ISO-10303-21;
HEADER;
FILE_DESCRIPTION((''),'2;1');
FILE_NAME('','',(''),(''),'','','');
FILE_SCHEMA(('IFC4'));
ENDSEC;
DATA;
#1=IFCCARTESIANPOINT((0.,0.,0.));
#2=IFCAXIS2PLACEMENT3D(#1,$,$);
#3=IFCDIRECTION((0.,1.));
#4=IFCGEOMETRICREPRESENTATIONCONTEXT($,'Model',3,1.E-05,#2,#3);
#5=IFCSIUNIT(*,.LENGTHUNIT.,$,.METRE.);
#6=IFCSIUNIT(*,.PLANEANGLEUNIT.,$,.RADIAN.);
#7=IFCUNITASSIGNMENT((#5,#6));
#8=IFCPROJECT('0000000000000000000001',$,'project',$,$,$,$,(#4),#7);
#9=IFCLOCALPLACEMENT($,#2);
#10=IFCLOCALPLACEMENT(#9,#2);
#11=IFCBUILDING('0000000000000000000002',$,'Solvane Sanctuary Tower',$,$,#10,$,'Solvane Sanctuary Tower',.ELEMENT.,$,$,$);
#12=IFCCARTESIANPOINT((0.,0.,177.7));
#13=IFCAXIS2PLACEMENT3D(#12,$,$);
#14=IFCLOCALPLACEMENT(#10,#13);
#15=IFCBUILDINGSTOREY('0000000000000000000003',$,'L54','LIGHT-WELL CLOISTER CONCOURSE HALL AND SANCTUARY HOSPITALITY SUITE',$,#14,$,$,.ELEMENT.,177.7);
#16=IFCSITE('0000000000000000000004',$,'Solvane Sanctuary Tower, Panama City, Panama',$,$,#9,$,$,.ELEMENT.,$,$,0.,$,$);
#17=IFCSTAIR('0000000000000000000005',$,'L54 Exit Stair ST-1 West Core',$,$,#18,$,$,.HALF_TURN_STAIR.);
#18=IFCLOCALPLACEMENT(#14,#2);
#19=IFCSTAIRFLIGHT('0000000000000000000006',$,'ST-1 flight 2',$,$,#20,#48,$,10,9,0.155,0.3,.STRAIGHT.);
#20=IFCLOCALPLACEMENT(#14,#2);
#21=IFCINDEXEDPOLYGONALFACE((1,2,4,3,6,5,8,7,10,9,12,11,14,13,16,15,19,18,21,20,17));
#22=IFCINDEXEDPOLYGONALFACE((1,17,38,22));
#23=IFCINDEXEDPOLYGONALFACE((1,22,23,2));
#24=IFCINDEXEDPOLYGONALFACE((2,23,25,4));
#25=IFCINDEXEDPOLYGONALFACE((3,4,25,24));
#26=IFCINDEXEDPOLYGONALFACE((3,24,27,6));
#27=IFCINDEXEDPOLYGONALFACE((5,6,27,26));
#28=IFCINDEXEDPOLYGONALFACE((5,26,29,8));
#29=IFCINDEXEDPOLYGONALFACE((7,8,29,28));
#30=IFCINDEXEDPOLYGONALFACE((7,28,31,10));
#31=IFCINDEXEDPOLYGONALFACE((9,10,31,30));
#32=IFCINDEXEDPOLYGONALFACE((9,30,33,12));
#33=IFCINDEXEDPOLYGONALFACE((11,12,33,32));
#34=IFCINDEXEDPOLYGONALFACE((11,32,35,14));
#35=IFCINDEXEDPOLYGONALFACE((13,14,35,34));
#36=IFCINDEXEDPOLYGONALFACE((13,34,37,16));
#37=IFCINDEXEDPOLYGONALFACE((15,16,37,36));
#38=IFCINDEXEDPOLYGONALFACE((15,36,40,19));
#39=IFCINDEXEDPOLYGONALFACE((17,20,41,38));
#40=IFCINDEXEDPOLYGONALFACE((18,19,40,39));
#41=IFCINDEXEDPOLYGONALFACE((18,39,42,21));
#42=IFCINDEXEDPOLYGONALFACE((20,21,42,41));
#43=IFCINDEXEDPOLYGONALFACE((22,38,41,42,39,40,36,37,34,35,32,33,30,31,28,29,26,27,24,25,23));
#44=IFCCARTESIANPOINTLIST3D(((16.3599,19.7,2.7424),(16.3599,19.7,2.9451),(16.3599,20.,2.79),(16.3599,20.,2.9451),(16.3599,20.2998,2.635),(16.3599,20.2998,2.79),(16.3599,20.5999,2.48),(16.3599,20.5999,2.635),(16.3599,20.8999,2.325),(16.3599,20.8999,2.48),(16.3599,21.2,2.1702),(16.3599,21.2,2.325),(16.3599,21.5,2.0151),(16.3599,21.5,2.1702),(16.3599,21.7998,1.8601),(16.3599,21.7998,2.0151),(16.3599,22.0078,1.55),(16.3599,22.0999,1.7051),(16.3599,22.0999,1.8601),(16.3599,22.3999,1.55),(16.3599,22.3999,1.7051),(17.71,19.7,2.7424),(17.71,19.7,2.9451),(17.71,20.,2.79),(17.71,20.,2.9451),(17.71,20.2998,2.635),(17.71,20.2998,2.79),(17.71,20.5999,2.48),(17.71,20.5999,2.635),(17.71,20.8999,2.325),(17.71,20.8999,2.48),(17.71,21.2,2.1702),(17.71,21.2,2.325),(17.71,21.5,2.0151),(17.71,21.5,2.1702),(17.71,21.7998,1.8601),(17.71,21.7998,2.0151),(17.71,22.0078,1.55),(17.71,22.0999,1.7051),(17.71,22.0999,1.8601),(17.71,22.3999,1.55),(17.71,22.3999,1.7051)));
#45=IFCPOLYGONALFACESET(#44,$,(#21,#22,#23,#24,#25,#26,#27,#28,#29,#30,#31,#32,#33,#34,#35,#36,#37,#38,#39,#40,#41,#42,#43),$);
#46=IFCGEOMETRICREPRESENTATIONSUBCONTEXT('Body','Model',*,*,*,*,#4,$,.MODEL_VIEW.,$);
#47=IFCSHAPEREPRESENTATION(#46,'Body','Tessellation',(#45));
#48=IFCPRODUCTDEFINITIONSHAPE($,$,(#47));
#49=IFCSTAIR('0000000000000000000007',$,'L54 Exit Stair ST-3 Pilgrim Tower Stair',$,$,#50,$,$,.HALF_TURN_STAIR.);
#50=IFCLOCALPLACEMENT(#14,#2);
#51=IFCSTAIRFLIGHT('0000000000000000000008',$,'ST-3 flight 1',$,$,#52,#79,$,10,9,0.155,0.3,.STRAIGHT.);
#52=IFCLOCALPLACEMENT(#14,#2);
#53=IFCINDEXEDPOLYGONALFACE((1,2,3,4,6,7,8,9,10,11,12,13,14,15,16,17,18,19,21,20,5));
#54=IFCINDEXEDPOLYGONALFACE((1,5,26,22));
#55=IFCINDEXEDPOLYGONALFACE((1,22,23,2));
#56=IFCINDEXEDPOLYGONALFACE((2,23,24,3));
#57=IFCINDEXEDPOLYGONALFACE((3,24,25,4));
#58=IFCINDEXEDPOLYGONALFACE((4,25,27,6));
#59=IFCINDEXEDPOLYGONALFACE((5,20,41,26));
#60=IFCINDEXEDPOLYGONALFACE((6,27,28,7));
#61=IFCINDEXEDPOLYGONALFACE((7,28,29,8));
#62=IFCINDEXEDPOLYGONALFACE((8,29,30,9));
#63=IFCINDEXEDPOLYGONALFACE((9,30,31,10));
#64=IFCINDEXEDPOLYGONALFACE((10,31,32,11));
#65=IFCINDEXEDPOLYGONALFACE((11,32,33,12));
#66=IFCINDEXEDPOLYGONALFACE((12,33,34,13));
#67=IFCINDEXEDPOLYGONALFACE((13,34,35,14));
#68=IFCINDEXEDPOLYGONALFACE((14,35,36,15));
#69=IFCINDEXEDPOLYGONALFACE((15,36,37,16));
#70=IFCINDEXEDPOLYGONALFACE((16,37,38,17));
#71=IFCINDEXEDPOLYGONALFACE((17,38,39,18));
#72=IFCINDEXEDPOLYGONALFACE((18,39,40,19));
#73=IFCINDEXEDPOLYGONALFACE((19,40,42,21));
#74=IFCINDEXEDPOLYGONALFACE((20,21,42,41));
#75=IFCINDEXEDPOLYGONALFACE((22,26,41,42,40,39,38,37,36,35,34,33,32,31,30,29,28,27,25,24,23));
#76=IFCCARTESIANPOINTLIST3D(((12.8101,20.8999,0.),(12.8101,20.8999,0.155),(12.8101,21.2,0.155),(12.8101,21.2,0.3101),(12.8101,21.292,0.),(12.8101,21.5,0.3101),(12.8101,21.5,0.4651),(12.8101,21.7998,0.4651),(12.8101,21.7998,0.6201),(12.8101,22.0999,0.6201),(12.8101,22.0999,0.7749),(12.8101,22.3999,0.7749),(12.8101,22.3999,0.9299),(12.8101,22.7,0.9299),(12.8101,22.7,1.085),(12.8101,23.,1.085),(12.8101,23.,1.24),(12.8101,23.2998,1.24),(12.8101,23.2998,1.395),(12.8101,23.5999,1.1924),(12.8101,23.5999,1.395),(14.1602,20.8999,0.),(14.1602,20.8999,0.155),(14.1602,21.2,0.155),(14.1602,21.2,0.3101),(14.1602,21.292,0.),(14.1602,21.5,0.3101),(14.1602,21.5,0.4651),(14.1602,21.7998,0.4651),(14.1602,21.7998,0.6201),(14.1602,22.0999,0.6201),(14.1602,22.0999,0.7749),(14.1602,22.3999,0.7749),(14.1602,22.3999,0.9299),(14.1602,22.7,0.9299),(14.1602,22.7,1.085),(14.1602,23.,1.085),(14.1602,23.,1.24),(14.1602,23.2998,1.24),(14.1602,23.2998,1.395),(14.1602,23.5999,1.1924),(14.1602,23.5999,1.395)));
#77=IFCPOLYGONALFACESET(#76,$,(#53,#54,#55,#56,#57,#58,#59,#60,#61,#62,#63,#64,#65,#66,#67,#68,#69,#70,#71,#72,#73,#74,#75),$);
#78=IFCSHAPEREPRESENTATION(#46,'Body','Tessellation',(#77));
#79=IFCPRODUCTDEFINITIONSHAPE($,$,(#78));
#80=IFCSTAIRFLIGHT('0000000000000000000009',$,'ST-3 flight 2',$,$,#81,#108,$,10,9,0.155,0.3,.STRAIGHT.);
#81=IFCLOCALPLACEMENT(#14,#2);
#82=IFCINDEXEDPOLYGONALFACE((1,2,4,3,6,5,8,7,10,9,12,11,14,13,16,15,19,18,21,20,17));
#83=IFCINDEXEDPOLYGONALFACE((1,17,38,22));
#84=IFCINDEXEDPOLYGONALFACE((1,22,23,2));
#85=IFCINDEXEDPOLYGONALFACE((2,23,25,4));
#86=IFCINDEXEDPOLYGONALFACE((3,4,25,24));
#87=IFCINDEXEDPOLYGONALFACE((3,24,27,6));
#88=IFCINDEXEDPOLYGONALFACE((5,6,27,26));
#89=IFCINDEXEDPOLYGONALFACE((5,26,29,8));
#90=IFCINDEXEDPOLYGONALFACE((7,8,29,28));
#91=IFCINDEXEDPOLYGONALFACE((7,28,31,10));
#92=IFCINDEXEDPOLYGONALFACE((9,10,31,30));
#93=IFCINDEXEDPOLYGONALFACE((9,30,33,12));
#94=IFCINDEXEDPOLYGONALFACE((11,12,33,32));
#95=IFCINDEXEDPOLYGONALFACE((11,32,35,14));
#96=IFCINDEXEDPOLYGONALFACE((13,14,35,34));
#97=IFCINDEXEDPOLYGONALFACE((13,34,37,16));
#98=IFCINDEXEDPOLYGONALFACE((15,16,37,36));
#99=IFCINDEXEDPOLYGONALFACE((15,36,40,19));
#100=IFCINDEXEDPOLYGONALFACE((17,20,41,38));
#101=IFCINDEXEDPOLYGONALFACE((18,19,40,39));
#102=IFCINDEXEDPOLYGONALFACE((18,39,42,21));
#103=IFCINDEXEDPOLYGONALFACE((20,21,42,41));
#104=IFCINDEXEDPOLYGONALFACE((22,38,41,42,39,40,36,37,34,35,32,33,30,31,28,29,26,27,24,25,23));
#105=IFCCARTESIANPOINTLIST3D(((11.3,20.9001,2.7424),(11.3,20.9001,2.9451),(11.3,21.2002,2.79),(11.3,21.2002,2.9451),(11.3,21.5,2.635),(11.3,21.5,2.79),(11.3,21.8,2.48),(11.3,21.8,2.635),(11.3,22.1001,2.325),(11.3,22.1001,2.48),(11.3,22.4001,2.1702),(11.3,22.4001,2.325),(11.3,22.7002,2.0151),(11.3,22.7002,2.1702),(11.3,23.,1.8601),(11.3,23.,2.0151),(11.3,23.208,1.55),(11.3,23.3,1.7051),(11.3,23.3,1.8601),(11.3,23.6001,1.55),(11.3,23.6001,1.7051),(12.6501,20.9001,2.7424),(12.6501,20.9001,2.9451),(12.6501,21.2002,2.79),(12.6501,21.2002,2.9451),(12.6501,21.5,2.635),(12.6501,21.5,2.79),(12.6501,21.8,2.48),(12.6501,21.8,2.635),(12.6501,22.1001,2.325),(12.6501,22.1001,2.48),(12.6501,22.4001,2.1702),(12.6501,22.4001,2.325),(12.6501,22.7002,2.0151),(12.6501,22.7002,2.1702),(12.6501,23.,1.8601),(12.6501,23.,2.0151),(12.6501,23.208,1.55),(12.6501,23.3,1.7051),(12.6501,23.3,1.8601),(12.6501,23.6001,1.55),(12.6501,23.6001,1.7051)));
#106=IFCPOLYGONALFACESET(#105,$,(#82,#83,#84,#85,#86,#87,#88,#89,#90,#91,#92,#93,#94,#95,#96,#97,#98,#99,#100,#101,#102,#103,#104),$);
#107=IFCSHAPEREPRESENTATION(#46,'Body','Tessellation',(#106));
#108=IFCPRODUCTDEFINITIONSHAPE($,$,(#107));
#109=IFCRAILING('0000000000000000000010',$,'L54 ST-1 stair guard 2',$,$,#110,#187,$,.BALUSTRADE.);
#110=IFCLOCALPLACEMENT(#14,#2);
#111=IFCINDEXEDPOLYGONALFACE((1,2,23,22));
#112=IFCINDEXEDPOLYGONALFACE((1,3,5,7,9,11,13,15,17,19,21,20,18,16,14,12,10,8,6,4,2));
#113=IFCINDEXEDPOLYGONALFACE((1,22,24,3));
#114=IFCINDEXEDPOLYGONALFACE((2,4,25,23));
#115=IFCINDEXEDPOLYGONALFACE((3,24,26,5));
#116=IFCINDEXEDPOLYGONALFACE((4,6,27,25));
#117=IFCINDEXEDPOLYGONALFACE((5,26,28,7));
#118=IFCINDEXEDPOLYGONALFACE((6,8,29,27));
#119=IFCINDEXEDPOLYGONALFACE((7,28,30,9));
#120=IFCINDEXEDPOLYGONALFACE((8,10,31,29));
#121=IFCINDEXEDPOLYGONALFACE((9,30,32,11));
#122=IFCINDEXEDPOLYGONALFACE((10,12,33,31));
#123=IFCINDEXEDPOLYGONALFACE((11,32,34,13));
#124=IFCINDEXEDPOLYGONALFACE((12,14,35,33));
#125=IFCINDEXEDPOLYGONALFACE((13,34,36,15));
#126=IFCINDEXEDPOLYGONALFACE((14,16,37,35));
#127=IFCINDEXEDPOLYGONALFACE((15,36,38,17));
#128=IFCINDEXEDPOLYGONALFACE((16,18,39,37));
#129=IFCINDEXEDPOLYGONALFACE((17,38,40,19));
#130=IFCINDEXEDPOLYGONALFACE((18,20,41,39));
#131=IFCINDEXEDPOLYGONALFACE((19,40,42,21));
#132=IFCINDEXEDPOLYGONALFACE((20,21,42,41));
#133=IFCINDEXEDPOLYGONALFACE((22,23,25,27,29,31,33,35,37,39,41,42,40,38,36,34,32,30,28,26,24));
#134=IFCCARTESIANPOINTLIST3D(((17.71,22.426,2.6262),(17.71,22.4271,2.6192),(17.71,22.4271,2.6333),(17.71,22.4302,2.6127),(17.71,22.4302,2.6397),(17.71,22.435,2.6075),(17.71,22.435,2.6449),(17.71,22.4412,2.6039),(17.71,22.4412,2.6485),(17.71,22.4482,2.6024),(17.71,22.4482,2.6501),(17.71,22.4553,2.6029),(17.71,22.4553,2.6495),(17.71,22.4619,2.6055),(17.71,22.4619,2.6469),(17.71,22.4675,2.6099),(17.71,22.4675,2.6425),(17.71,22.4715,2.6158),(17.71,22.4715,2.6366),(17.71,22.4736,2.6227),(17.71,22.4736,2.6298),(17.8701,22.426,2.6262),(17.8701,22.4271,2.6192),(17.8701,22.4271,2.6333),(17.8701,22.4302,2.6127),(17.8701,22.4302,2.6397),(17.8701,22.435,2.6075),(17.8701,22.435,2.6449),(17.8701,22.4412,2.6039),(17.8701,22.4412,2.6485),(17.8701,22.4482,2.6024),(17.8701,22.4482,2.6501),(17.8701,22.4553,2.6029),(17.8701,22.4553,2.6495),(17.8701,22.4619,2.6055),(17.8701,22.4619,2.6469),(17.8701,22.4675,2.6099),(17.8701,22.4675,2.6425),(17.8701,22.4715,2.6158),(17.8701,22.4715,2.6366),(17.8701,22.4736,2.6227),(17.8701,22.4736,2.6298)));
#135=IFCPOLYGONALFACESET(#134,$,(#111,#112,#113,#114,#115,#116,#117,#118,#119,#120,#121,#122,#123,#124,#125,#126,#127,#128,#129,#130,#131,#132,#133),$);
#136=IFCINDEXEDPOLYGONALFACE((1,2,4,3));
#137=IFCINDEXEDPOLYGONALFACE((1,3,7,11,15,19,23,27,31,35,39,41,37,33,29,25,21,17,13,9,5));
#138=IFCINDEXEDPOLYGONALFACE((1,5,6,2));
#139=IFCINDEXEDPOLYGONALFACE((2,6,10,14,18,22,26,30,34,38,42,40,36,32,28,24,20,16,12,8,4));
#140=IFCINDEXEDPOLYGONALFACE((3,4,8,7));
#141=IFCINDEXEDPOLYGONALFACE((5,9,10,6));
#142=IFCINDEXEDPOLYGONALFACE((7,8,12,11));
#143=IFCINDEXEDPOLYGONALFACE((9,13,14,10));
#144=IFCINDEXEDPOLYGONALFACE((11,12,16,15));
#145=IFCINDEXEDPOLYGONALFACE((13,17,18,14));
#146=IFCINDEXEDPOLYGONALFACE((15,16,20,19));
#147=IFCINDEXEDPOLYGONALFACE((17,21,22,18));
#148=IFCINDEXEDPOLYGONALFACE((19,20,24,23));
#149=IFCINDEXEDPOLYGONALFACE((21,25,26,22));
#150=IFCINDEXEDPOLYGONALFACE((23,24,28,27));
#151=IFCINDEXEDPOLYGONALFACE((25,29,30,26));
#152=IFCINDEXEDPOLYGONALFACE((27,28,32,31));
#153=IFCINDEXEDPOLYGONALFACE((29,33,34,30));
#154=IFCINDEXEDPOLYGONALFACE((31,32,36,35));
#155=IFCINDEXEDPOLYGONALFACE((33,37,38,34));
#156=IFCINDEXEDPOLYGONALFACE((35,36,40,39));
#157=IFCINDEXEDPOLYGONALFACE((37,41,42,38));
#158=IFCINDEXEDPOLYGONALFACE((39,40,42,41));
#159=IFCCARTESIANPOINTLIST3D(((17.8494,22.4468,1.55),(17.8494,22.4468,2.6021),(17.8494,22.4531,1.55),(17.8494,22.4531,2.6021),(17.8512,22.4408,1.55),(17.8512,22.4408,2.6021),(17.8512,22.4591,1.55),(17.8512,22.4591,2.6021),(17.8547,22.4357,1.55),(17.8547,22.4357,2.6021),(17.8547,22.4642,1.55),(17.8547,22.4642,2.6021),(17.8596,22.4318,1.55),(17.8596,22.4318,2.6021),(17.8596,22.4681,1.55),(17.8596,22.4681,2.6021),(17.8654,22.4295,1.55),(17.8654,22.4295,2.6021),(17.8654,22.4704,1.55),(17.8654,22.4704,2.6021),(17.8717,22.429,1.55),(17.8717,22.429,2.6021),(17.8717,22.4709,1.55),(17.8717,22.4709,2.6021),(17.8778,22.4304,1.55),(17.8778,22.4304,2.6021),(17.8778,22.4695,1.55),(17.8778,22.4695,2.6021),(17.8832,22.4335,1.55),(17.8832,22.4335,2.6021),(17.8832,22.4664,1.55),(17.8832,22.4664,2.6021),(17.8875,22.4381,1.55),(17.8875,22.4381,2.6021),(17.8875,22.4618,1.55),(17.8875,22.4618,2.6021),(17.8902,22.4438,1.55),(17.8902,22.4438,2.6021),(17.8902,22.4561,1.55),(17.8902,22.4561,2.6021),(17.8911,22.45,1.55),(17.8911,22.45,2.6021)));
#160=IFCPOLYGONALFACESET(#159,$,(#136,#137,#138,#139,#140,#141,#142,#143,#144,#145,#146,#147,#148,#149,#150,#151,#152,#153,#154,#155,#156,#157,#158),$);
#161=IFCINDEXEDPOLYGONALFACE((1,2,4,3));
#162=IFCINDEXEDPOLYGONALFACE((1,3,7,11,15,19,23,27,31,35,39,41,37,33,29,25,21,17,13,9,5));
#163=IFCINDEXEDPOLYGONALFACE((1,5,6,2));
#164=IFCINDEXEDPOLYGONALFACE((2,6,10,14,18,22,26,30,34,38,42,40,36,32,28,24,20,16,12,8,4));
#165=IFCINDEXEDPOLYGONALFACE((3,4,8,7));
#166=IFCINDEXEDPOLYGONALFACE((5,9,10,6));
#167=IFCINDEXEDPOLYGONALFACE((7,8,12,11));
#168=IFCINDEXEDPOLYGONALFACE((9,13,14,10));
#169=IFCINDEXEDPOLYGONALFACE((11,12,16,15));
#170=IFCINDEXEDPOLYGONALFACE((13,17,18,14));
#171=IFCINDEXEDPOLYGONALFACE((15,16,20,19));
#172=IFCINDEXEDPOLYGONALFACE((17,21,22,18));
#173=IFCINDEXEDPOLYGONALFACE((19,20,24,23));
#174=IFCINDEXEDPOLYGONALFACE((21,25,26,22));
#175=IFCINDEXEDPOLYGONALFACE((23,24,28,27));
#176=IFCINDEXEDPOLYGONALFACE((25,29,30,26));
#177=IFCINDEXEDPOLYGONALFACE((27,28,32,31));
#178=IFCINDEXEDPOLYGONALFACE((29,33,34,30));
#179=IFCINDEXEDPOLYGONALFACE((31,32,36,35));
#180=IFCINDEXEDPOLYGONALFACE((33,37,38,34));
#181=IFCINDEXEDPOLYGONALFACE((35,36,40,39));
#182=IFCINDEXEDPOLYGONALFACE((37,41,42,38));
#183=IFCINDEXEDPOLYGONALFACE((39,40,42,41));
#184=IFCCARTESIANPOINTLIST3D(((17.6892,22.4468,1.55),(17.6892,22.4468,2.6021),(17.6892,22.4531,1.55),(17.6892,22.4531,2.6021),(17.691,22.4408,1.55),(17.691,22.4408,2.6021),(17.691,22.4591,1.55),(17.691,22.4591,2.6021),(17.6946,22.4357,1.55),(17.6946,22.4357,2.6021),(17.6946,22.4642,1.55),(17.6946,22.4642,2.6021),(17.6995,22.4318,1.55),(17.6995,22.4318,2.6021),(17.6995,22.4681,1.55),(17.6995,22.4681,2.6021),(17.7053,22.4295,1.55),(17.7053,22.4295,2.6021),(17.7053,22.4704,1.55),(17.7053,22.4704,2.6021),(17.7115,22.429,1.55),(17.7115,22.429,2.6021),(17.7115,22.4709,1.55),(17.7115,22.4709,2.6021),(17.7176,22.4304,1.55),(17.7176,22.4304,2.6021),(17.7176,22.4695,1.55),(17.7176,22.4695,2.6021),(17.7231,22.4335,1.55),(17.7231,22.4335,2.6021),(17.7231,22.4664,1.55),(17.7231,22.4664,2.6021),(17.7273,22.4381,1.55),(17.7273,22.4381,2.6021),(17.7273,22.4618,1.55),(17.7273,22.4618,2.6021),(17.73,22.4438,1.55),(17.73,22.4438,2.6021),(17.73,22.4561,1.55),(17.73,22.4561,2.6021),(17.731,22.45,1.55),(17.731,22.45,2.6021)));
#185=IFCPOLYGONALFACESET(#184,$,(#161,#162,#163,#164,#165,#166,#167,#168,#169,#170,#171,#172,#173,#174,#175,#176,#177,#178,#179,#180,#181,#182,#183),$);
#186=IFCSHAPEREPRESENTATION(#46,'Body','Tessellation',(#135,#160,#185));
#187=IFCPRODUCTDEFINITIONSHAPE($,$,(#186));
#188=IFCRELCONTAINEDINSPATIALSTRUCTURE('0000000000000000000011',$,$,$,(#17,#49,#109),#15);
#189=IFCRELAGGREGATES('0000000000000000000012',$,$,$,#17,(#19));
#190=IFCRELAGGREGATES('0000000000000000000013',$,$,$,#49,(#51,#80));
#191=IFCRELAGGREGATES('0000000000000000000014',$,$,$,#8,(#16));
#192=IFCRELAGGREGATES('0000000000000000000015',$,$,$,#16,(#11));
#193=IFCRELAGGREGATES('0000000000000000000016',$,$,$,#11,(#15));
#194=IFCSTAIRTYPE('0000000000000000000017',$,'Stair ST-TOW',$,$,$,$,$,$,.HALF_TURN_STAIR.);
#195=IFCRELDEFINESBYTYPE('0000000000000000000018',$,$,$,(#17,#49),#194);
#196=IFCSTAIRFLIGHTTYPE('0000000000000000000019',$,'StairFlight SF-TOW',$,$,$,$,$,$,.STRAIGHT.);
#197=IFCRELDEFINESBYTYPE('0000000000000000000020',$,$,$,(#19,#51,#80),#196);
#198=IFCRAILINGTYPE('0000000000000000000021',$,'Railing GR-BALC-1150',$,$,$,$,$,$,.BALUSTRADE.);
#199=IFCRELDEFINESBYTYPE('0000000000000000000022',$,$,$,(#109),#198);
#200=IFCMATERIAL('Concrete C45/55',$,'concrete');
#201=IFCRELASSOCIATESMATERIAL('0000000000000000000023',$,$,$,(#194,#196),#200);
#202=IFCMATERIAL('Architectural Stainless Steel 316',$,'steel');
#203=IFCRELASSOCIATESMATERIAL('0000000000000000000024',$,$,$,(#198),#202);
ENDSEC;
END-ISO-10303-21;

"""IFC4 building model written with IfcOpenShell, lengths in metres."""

from ifc_helpers import new_model, si_unit, direction, frame, origin, origin_2d, place, context, subcontext, project, spatial, polyline, circle, outline, extrude, material, type_object, element, aggregate, save


model = new_model("IFC4")

# Units and contexts
model_context = context("Model", 3, precision=1e-05, world=origin(), true_north=direction((0.0, 1.0)))
body_context = subcontext(model_context, "Body", "Model", "MODEL_VIEW")
ifc_project = project(units=[si_unit("LENGTHUNIT", "METRE"), si_unit("PLANEANGLEUNIT", "RADIAN")], contexts=[model_context])

# Site, building, storey
site_placement = place(None, origin())
site = spatial("IfcSite", under=ifc_project, at=site_placement, Name="Solvane Sanctuary Tower, Panama City, Panama", CompositionType="ELEMENT", RefElevation=0.0)
building_placement = place(site_placement, origin())
building = spatial("IfcBuilding", under=site, at=building_placement, Name="Solvane Sanctuary Tower", LongName="Solvane Sanctuary Tower", CompositionType="ELEMENT")
storey_placement = place(building_placement, frame((0.0, 0.0, 177.7)))
storey = spatial("IfcBuildingStorey", under=building, at=storey_placement, Name="L54", Description="LIGHT-WELL CLOISTER CONCOURSE HALL AND SANCTUARY HOSPITALITY SUITE", CompositionType="ELEMENT", Elevation=177.7)

# Shared definitions
ifc_material_1 = material(Name="Architectural Stainless Steel 316", Category="steel")

# Stair, stair flight
ifc_material_2 = material(Name="Concrete C45/55", Category="concrete")
stair_type = type_object("IfcStairType", Name="Stair ST-TOW", PredefinedType="HALF_TURN_STAIR", material=ifc_material_2)
stair_1_placement = place(storey_placement, origin())
stair_1 = element("IfcStair", 1, at=stair_1_placement, inside=storey, type_object=stair_type, Name="L54 Exit Stair ST-1 West Core", PredefinedType="HALF_TURN_STAIR")
stair_flight_type = type_object("IfcStairFlightType", Name="StairFlight SF-TOW", PredefinedType="STRAIGHT", material=ifc_material_2)
stair_flight_1_placement = place(storey_placement, frame((17.0349, 22.3999, 1.55), z_axis=(0.0, 0.0, 1.0), x_axis=(0.0, -1.0, 0.0)))
stair_flight_1 = element("IfcStairFlight", 2, at=stair_flight_1_placement, type_object=stair_flight_type, Name="ST-1 flight 2", NumberOfRisers=10, NumberOfTreads=9, PredefinedType="STRAIGHT", RiserHeight=0.155, TreadLength=0.3, context=body_context, shape_type="SweptSolid", body=[
    extrude(outline(polyline([(0.0, 0.0), (0.0, 0.155), (0.3, 0.155), (0.3, 0.3101), (0.6001, 0.3101), (0.6001, 0.4651), (0.8999, 0.4651), (0.8999, 0.6201), (1.2, 0.6201), (1.2, 0.7749), (1.5, 0.7749), (1.5, 0.9299), (1.8, 0.9299), (1.8, 1.085), (2.1001, 1.085), (2.1001, 1.24), (2.3999, 1.24), (2.3999, 1.395), (2.7, 1.395), (2.7, 1.55), (2.7, 1.1924), (0.3921, 0.0), (0.0, 0.0)])), frame((0.0, 0.675, 0.0), z_axis=(0.0, -1.0, 0.0), x_axis=(1.0, 0.0, 0.0)), (0.0, 0.0, 1.0), 1.3501),
])
aggregate(stair_1, [stair_flight_1])

# Stair, stair flights
stair_2_placement = place(storey_placement, origin())
stair_2 = element("IfcStair", 3, at=stair_2_placement, inside=storey, type_object=stair_type, Name="L54 Exit Stair ST-3 Pilgrim Tower Stair", PredefinedType="HALF_TURN_STAIR")
stair_flight_2_placement = place(storey_placement, frame((13.4851, 20.8999, 0.0), z_axis=(0.0, 0.0, 1.0), x_axis=(0.0, 1.0, 0.0)))
stair_flight_2 = element("IfcStairFlight", 4, at=stair_flight_2_placement, type_object=stair_flight_type, Name="ST-3 flight 1", NumberOfRisers=10, NumberOfTreads=9, PredefinedType="STRAIGHT", RiserHeight=0.155, TreadLength=0.3, context=body_context, shape_type="SweptSolid", body=[
    extrude(outline(polyline([(0.0, 0.0), (0.0, 0.155), (0.3, 0.155), (0.3, 0.3101), (0.6001, 0.3101), (0.6001, 0.4651), (0.8999, 0.4651), (0.8999, 0.6201), (1.2, 0.6201), (1.2, 0.7749), (1.5, 0.7749), (1.5, 0.9299), (1.8, 0.9299), (1.8, 1.085), (2.1001, 1.085), (2.1001, 1.24), (2.3999, 1.24), (2.3999, 1.395), (2.7, 1.395), (2.7, 1.55), (2.7, 1.1924), (0.3921, 0.0), (0.0, 0.0)])), frame((0.0, 0.675, 0.0), z_axis=(0.0, -1.0, 0.0), x_axis=(1.0, 0.0, 0.0)), (0.0, 0.0, 1.0), 1.3501),
])
stair_flight_3_placement = place(storey_placement, frame((11.9751, 23.6001, 1.55), z_axis=(0.0, 0.0, 1.0), x_axis=(0.0, -1.0, 0.0)))
stair_flight_3 = element("IfcStairFlight", 5, at=stair_flight_3_placement, type_object=stair_flight_type, Name="ST-3 flight 2", NumberOfRisers=10, NumberOfTreads=9, PredefinedType="STRAIGHT", RiserHeight=0.155, TreadLength=0.3, context=body_context, shape_type="SweptSolid", body=[
    extrude(outline(polyline([(0.0, 0.0), (0.0, 0.155), (0.3, 0.155), (0.3, 0.3101), (0.6001, 0.3101), (0.6001, 0.4651), (0.8999, 0.4651), (0.8999, 0.6201), (1.2, 0.6201), (1.2, 0.7749), (1.5, 0.7749), (1.5, 0.9299), (1.8, 0.9299), (1.8, 1.085), (2.1001, 1.085), (2.1001, 1.24), (2.3999, 1.24), (2.3999, 1.395), (2.7, 1.395), (2.7, 1.55), (2.7, 1.1924), (0.3921, 0.0), (0.0, 0.0)])), frame((0.0, 0.675, 0.0), z_axis=(0.0, -1.0, 0.0), x_axis=(1.0, 0.0, 0.0)), (0.0, 0.0, 1.0), 1.3501),
])
aggregate(stair_2, [stair_flight_2, stair_flight_3])

# Railing
railing_type_1 = type_object("IfcRailingType", Name="Railing GR-BALC-1150", PredefinedType="BALUSTRADE", material=ifc_material_1)
railing_1_placement = place(storey_placement, frame((17.8701, 22.45, 1.55)))
element("IfcRailing", 6, at=railing_1_placement, inside=storey, type_object=railing_type_1, Name="L54 ST-1 stair guard 2", PredefinedType="BALUSTRADE", context=body_context, shape_type="SweptSolid", body=[
    extrude(circle(Radius=0.0239, at=origin_2d()), frame((0.0, 0.0, 1.0762), z_axis=(-1.0, 0.0, 0.0), x_axis=(0.0, -1.0, 0.0)), (0.0, 0.0, 1.0), 0.1602),
    extrude(circle(Radius=0.021, at=origin_2d()), origin(), (0.0, 0.0, 1.0), 1.052),
    extrude(circle(Radius=0.021, at=origin_2d()), frame((-0.1602, 0.0, 0.0)), (0.0, 0.0, 1.0), 1.052),
])

save(model, "model.ifc")
